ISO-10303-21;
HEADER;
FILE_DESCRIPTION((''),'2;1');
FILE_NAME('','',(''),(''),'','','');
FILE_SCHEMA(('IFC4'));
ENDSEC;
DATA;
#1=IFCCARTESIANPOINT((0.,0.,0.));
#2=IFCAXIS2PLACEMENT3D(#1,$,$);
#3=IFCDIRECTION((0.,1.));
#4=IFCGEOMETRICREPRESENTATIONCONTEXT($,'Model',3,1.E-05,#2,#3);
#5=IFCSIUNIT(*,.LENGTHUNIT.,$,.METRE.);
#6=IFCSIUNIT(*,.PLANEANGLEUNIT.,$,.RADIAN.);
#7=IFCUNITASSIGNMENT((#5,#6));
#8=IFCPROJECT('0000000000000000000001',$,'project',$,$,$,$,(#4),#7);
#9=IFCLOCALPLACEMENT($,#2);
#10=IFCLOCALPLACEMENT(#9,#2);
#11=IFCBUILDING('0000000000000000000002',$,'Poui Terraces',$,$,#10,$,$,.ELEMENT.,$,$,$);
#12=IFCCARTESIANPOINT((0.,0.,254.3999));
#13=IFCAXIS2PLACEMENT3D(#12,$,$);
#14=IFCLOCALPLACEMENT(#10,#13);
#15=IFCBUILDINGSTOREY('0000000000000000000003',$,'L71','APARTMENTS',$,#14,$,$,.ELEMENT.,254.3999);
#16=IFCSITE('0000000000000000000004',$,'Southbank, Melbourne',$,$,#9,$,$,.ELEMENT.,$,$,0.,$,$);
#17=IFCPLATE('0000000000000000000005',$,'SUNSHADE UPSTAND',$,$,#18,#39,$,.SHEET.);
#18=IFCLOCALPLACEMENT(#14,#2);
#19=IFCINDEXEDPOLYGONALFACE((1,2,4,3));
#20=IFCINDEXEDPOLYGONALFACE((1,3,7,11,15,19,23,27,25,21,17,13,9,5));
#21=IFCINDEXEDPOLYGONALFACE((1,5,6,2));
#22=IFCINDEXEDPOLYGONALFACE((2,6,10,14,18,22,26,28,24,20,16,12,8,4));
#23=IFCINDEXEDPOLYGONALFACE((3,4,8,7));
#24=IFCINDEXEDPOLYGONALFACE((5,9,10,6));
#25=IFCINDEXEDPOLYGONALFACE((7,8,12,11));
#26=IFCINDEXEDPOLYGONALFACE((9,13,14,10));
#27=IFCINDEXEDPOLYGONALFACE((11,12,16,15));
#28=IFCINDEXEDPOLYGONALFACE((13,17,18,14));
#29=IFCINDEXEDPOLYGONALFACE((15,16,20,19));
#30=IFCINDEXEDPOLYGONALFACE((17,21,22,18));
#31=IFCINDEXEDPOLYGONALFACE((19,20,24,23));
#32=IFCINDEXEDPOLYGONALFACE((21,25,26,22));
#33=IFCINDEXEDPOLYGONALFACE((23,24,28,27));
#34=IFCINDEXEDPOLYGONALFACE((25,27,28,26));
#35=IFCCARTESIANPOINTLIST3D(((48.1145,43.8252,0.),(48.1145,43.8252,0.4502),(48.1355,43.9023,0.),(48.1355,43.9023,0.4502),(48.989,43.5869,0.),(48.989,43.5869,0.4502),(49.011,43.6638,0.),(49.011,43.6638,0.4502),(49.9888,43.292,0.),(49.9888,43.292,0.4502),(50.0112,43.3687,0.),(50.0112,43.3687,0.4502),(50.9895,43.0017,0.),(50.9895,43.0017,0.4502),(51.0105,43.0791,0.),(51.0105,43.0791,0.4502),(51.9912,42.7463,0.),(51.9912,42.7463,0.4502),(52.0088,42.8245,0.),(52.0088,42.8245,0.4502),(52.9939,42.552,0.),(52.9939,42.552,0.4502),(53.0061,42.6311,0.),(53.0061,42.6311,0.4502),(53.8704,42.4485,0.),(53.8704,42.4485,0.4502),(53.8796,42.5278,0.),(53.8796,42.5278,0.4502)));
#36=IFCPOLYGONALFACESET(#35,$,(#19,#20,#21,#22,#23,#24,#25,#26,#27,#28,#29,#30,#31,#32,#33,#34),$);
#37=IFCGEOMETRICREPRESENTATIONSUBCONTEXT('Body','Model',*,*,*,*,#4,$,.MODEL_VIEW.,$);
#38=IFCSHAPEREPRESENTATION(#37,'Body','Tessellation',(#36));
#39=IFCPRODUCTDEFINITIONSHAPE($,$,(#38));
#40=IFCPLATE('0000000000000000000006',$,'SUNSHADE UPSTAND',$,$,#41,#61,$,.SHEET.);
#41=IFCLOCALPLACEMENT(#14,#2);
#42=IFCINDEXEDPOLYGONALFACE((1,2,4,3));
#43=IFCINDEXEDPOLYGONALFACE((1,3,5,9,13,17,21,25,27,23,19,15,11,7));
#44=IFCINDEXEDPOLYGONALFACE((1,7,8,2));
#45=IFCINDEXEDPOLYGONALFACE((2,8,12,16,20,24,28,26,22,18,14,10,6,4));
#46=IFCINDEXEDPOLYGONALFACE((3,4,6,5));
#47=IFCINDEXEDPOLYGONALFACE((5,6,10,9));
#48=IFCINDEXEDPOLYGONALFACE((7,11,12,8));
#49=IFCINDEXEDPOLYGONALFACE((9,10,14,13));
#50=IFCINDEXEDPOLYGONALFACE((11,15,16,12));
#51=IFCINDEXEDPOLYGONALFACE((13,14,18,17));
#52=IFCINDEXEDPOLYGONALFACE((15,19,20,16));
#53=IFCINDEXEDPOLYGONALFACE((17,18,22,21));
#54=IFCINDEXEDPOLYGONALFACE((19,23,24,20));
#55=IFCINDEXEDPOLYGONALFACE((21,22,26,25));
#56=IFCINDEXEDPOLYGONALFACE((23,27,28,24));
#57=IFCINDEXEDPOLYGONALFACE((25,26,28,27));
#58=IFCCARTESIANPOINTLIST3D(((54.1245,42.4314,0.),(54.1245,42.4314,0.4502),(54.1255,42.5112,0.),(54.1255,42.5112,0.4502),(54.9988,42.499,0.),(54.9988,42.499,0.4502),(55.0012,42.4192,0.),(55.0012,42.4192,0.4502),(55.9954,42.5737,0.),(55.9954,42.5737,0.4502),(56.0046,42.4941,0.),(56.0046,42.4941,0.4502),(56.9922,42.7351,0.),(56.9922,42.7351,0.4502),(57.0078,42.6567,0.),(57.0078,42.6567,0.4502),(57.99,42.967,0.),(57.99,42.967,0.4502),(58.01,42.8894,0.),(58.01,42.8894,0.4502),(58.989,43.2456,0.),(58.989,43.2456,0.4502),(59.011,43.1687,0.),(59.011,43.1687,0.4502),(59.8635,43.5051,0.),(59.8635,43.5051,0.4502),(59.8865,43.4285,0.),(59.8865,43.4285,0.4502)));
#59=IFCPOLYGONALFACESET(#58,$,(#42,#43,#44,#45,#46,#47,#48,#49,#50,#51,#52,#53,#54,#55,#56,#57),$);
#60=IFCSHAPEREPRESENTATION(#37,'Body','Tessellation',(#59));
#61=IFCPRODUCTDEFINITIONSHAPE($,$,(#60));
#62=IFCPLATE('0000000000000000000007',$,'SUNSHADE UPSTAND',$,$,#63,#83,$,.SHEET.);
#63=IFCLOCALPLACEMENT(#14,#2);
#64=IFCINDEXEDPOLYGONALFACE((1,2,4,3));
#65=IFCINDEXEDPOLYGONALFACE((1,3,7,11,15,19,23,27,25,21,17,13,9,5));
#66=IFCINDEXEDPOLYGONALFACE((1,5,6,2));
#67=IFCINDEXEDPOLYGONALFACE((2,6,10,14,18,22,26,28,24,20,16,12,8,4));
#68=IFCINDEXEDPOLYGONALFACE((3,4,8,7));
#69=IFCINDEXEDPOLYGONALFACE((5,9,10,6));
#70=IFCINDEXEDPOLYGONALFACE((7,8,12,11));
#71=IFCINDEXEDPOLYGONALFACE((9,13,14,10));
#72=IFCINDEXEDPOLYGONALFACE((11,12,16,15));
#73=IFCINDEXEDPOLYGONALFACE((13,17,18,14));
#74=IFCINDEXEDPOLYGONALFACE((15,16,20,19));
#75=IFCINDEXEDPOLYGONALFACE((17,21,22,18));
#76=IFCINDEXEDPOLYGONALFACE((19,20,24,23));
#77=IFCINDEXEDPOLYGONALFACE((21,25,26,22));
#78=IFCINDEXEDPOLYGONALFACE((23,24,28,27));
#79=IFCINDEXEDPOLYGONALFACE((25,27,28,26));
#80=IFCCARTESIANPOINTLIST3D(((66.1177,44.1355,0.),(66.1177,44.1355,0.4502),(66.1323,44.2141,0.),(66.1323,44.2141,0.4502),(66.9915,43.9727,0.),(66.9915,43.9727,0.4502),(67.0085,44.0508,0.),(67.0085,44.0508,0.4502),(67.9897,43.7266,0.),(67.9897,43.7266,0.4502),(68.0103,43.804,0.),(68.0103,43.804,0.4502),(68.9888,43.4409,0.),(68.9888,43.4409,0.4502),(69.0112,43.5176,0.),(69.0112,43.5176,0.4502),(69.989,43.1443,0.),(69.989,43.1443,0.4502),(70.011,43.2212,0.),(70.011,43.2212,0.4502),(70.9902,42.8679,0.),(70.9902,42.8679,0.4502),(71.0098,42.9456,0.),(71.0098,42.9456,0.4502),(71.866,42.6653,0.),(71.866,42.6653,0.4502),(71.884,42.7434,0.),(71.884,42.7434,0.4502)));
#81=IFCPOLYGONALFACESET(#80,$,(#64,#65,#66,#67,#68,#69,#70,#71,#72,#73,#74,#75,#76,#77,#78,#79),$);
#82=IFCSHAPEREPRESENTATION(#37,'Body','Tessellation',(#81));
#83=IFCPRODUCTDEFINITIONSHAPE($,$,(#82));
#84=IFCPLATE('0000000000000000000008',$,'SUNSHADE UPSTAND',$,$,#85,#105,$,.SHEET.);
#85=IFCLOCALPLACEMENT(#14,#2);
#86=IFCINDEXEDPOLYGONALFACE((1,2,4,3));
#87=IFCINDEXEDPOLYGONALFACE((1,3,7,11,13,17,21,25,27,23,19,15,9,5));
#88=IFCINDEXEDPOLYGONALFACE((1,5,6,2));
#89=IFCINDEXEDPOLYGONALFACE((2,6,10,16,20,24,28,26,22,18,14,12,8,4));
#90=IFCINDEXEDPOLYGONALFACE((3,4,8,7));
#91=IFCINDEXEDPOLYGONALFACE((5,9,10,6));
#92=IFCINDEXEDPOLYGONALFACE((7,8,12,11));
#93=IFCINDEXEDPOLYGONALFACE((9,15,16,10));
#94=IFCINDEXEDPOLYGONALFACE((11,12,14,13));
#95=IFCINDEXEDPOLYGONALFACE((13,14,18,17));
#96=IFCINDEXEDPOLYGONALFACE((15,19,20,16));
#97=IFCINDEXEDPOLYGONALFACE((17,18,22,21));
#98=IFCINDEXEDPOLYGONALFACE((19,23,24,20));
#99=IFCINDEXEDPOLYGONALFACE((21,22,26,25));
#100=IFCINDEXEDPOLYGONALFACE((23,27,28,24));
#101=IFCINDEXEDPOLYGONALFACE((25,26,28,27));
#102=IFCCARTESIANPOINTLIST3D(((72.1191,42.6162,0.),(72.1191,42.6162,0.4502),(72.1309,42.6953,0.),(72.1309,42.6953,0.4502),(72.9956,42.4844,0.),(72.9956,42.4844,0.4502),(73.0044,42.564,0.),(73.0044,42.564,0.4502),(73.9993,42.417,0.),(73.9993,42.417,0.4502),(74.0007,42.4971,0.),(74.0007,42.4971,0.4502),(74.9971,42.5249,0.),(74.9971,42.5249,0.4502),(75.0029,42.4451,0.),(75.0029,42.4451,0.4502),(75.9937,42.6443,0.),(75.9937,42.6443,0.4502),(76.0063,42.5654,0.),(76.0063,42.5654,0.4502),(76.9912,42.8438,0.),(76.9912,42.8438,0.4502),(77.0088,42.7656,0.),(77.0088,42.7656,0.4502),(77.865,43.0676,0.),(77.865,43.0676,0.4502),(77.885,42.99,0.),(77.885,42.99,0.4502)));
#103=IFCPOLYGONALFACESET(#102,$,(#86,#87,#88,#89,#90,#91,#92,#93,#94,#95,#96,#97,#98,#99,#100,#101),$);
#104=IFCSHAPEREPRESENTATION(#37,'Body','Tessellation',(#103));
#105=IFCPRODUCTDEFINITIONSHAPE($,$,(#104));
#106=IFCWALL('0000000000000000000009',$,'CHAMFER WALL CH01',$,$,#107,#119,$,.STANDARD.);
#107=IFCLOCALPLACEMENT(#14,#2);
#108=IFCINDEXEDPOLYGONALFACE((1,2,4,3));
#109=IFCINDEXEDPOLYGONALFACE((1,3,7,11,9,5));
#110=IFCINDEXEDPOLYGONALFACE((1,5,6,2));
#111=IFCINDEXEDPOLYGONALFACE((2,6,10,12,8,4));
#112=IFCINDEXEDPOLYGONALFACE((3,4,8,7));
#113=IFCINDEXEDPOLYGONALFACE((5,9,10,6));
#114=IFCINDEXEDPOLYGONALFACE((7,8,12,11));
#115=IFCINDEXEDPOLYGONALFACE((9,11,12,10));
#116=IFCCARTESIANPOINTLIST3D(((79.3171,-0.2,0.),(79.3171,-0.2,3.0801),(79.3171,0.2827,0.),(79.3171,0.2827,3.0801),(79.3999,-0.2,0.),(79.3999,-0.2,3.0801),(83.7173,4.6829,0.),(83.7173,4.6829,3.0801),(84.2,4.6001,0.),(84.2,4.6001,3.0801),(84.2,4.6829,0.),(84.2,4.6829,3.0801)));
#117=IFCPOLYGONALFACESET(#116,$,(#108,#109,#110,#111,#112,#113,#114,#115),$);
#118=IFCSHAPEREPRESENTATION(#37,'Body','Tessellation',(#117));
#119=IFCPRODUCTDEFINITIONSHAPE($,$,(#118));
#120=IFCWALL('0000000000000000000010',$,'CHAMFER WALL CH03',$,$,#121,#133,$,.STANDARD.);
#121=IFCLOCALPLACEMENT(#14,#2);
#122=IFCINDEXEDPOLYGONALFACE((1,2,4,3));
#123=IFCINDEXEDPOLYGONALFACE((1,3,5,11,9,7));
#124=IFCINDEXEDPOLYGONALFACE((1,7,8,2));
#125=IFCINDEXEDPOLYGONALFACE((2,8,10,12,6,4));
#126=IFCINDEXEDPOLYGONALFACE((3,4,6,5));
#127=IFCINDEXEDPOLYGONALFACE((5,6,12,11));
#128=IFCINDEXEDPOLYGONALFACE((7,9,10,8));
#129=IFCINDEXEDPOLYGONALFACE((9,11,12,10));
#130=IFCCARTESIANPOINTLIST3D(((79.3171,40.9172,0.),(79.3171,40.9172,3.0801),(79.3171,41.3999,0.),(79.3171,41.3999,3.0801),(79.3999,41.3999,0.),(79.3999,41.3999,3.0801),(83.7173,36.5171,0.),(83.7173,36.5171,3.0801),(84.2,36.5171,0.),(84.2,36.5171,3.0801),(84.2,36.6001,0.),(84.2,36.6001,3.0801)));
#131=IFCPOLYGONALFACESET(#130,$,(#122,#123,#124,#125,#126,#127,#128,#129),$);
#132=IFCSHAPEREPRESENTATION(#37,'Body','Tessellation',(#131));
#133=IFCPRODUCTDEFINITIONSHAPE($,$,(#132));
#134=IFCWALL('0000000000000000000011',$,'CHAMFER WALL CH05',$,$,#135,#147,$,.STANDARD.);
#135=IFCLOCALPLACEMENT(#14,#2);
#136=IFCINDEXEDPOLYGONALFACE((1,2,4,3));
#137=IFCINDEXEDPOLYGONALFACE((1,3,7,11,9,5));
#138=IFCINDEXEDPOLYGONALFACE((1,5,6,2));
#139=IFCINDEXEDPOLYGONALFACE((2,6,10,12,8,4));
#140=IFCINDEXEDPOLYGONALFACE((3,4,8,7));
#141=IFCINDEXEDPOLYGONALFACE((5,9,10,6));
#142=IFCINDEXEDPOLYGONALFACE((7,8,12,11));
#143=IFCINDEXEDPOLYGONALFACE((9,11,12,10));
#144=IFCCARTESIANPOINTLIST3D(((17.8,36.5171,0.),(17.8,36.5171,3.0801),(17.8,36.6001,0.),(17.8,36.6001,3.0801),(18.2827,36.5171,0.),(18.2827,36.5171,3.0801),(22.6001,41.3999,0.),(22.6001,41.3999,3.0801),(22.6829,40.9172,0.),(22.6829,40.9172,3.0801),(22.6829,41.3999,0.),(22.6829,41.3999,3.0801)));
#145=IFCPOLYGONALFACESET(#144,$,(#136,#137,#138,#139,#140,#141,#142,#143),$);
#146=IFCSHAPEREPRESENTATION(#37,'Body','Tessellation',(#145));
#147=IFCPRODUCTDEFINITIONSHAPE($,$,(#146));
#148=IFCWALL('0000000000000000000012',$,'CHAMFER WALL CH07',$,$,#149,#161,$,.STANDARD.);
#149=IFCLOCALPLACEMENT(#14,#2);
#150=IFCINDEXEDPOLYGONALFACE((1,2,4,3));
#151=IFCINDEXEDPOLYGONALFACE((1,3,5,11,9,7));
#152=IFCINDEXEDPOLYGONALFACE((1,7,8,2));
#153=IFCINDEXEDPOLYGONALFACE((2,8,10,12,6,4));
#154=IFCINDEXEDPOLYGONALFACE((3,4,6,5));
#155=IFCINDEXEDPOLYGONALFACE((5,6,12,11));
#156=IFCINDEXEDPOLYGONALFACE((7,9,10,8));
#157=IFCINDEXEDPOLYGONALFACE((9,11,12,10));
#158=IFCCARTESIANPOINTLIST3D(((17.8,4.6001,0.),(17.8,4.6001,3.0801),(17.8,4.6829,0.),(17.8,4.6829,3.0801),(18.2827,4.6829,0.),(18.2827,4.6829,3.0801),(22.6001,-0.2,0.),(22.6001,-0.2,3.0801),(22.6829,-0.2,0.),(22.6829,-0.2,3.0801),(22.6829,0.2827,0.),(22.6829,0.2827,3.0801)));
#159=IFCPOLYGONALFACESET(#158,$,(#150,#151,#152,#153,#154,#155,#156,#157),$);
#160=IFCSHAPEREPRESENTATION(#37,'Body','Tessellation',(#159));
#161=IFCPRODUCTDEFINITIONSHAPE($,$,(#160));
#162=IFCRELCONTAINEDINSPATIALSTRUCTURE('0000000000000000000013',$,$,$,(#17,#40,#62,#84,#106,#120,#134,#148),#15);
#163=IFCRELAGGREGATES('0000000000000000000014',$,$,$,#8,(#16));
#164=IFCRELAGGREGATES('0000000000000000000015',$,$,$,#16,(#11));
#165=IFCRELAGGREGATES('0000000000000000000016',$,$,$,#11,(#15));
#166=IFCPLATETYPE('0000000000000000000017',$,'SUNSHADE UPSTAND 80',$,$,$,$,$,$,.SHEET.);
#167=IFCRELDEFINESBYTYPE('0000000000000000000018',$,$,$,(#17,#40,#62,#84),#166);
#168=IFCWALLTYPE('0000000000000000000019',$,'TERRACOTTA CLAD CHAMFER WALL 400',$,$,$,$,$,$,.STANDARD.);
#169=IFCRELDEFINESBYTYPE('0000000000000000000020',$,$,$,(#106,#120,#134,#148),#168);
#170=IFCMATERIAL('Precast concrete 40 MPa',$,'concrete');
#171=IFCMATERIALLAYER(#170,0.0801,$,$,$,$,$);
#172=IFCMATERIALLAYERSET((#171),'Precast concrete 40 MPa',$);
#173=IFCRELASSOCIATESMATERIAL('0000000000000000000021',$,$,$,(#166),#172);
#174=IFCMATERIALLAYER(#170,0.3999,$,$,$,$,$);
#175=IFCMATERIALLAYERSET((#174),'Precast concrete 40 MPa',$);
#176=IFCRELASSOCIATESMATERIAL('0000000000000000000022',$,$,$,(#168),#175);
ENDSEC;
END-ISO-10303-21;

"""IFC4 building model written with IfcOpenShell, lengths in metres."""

from ifc_helpers import new_model, si_unit, direction, frame, origin, place, context, subcontext, project, spatial, polyline, outline, extrude, material, layer, layer_set, type_object, element, save


model = new_model("IFC4")

# Units and contexts
model_context = context("Model", 3, precision=1e-05, world=origin(), true_north=direction((0.0, 1.0)))
body_context = subcontext(model_context, "Body", "Model", "MODEL_VIEW")
ifc_project = project(units=[si_unit("LENGTHUNIT", "METRE"), si_unit("PLANEANGLEUNIT", "RADIAN")], contexts=[model_context])

# Site, building, storey
site_placement = place(None, origin())
site = spatial("IfcSite", under=ifc_project, at=site_placement, Name="Southbank, Melbourne", CompositionType="ELEMENT", RefElevation=0.0)
building_placement = place(site_placement, origin())
building = spatial("IfcBuilding", under=site, at=building_placement, Name="Poui Terraces", CompositionType="ELEMENT")
storey_placement = place(building_placement, frame((0.0, 0.0, 254.3999)))
storey = spatial("IfcBuildingStorey", under=building, at=storey_placement, Name="L71", Description="APARTMENTS", CompositionType="ELEMENT", Elevation=254.3999)

# Shared definitions
ifc_material_1 = material(Name="Precast concrete 40 MPa", Category="concrete")

# Plates
ifc_layer_1 = layer(ifc_material_1, 0.0801)
ifc_layer_set_1 = layer_set([ifc_layer_1], Name="Precast concrete 40 MPa")
plate_type = type_object("IfcPlateType", Name="SUNSHADE UPSTAND 80", PredefinedType="SHEET", material=ifc_layer_set_1)
plate_1_placement = place(storey_placement, origin())
element("IfcPlate", 1, at=plate_1_placement, inside=storey, type_object=plate_type, Name="SUNSHADE UPSTAND", PredefinedType="SHEET", context=body_context, shape_type="SweptSolid", body=[
    extrude(outline(polyline([(49.011, 43.6638), (48.1355, 43.9023), (48.1145, 43.8252), (48.989, 43.5869), (49.9888, 43.292), (50.9895, 43.0017), (51.9912, 42.7463), (52.9939, 42.552), (53.8704, 42.4485), (53.8796, 42.5278), (53.0061, 42.6311), (52.0088, 42.8245), (51.0105, 43.0791), (50.0112, 43.3687), (49.011, 43.6638)])), origin(), (0.0, 0.0, 1.0), 0.4502),
])
plate_2_placement = place(storey_placement, origin())
element("IfcPlate", 2, at=plate_2_placement, inside=storey, type_object=plate_type, Name="SUNSHADE UPSTAND", PredefinedType="SHEET", context=body_context, shape_type="SweptSolid", body=[
    extrude(outline(polyline([(54.9988, 42.499), (54.1255, 42.5112), (54.1245, 42.4314), (55.0012, 42.4192), (56.0046, 42.4941), (57.0078, 42.6567), (58.01, 42.8894), (59.011, 43.1687), (59.8865, 43.4285), (59.8635, 43.5051), (58.989, 43.2456), (57.99, 42.967), (56.9922, 42.7351), (55.9954, 42.5737), (54.9988, 42.499)])), origin(), (0.0, 0.0, 1.0), 0.4502),
])
plate_3_placement = place(storey_placement, origin())
element("IfcPlate", 3, at=plate_3_placement, inside=storey, type_object=plate_type, Name="SUNSHADE UPSTAND", PredefinedType="SHEET", context=body_context, shape_type="SweptSolid", body=[
    extrude(outline(polyline([(67.0085, 44.0508), (66.1323, 44.2141), (66.1177, 44.1355), (66.9915, 43.9727), (67.9897, 43.7266), (68.9888, 43.4409), (69.989, 43.1443), (70.9902, 42.8679), (71.866, 42.6653), (71.884, 42.7434), (71.0098, 42.9456), (70.011, 43.2212), (69.0112, 43.5176), (68.0103, 43.804), (67.0085, 44.0508)])), origin(), (0.0, 0.0, 1.0), 0.4502),
])
plate_4_placement = place(storey_placement, origin())
element("IfcPlate", 4, at=plate_4_placement, inside=storey, type_object=plate_type, Name="SUNSHADE UPSTAND", PredefinedType="SHEET", context=body_context, shape_type="SweptSolid", body=[
    extrude(outline(polyline([(73.0044, 42.564), (72.1309, 42.6953), (72.1191, 42.6162), (72.9956, 42.4844), (73.9993, 42.417), (75.0029, 42.4451), (76.0063, 42.5654), (77.0088, 42.7656), (77.885, 42.99), (77.865, 43.0676), (76.9912, 42.8438), (75.9937, 42.6443), (74.9971, 42.5249), (74.0007, 42.4971), (73.0044, 42.564)])), origin(), (0.0, 0.0, 1.0), 0.4502),
])

# Walls
ifc_layer_2 = layer(ifc_material_1, 0.3999)
ifc_layer_set_2 = layer_set([ifc_layer_2], Name="Precast concrete 40 MPa")
wall_type = type_object("IfcWallType", Name="TERRACOTTA CLAD CHAMFER WALL 400", PredefinedType="STANDARD", material=ifc_layer_set_2)
wall_1_placement = place(storey_placement, origin())
element("IfcWall", 5, at=wall_1_placement, inside=storey, type_object=wall_type, Name="CHAMFER WALL CH01", PredefinedType="STANDARD", context=body_context, shape_type="SweptSolid", body=[
    extrude(outline(polyline([(79.3171, -0.2), (79.3999, -0.2), (84.2, 4.6001), (84.2, 4.6829), (83.7173, 4.6829), (79.3171, 0.2827), (79.3171, -0.2)])), origin(), (0.0, 0.0, 1.0), 3.0801),
])
wall_2_placement = place(storey_placement, origin())
element("IfcWall", 6, at=wall_2_placement, inside=storey, type_object=wall_type, Name="CHAMFER WALL CH03", PredefinedType="STANDARD", context=body_context, shape_type="SweptSolid", body=[
    extrude(outline(polyline([(84.2, 36.5171), (84.2, 36.6001), (79.3999, 41.3999), (79.3171, 41.3999), (79.3171, 40.9172), (83.7173, 36.5171), (84.2, 36.5171)])), origin(), (0.0, 0.0, 1.0), 3.0801),
])
wall_3_placement = place(storey_placement, origin())
element("IfcWall", 7, at=wall_3_placement, inside=storey, type_object=wall_type, Name="CHAMFER WALL CH05", PredefinedType="STANDARD", context=body_context, shape_type="SweptSolid", body=[
    extrude(outline(polyline([(22.6829, 41.3999), (22.6001, 41.3999), (17.8, 36.6001), (17.8, 36.5171), (18.2827, 36.5171), (22.6829, 40.9172), (22.6829, 41.3999)])), origin(), (0.0, 0.0, 1.0), 3.0801),
])
wall_4_placement = place(storey_placement, origin())
element("IfcWall", 8, at=wall_4_placement, inside=storey, type_object=wall_type, Name="CHAMFER WALL CH07", PredefinedType="STANDARD", context=body_context, shape_type="SweptSolid", body=[
    extrude(outline(polyline([(17.8, 4.6829), (17.8, 4.6001), (22.6001, -0.2), (22.6829, -0.2), (22.6829, 0.2827), (18.2827, 4.6829), (17.8, 4.6829)])), origin(), (0.0, 0.0, 1.0), 3.0801),
])

save(model, "model.ifc")
